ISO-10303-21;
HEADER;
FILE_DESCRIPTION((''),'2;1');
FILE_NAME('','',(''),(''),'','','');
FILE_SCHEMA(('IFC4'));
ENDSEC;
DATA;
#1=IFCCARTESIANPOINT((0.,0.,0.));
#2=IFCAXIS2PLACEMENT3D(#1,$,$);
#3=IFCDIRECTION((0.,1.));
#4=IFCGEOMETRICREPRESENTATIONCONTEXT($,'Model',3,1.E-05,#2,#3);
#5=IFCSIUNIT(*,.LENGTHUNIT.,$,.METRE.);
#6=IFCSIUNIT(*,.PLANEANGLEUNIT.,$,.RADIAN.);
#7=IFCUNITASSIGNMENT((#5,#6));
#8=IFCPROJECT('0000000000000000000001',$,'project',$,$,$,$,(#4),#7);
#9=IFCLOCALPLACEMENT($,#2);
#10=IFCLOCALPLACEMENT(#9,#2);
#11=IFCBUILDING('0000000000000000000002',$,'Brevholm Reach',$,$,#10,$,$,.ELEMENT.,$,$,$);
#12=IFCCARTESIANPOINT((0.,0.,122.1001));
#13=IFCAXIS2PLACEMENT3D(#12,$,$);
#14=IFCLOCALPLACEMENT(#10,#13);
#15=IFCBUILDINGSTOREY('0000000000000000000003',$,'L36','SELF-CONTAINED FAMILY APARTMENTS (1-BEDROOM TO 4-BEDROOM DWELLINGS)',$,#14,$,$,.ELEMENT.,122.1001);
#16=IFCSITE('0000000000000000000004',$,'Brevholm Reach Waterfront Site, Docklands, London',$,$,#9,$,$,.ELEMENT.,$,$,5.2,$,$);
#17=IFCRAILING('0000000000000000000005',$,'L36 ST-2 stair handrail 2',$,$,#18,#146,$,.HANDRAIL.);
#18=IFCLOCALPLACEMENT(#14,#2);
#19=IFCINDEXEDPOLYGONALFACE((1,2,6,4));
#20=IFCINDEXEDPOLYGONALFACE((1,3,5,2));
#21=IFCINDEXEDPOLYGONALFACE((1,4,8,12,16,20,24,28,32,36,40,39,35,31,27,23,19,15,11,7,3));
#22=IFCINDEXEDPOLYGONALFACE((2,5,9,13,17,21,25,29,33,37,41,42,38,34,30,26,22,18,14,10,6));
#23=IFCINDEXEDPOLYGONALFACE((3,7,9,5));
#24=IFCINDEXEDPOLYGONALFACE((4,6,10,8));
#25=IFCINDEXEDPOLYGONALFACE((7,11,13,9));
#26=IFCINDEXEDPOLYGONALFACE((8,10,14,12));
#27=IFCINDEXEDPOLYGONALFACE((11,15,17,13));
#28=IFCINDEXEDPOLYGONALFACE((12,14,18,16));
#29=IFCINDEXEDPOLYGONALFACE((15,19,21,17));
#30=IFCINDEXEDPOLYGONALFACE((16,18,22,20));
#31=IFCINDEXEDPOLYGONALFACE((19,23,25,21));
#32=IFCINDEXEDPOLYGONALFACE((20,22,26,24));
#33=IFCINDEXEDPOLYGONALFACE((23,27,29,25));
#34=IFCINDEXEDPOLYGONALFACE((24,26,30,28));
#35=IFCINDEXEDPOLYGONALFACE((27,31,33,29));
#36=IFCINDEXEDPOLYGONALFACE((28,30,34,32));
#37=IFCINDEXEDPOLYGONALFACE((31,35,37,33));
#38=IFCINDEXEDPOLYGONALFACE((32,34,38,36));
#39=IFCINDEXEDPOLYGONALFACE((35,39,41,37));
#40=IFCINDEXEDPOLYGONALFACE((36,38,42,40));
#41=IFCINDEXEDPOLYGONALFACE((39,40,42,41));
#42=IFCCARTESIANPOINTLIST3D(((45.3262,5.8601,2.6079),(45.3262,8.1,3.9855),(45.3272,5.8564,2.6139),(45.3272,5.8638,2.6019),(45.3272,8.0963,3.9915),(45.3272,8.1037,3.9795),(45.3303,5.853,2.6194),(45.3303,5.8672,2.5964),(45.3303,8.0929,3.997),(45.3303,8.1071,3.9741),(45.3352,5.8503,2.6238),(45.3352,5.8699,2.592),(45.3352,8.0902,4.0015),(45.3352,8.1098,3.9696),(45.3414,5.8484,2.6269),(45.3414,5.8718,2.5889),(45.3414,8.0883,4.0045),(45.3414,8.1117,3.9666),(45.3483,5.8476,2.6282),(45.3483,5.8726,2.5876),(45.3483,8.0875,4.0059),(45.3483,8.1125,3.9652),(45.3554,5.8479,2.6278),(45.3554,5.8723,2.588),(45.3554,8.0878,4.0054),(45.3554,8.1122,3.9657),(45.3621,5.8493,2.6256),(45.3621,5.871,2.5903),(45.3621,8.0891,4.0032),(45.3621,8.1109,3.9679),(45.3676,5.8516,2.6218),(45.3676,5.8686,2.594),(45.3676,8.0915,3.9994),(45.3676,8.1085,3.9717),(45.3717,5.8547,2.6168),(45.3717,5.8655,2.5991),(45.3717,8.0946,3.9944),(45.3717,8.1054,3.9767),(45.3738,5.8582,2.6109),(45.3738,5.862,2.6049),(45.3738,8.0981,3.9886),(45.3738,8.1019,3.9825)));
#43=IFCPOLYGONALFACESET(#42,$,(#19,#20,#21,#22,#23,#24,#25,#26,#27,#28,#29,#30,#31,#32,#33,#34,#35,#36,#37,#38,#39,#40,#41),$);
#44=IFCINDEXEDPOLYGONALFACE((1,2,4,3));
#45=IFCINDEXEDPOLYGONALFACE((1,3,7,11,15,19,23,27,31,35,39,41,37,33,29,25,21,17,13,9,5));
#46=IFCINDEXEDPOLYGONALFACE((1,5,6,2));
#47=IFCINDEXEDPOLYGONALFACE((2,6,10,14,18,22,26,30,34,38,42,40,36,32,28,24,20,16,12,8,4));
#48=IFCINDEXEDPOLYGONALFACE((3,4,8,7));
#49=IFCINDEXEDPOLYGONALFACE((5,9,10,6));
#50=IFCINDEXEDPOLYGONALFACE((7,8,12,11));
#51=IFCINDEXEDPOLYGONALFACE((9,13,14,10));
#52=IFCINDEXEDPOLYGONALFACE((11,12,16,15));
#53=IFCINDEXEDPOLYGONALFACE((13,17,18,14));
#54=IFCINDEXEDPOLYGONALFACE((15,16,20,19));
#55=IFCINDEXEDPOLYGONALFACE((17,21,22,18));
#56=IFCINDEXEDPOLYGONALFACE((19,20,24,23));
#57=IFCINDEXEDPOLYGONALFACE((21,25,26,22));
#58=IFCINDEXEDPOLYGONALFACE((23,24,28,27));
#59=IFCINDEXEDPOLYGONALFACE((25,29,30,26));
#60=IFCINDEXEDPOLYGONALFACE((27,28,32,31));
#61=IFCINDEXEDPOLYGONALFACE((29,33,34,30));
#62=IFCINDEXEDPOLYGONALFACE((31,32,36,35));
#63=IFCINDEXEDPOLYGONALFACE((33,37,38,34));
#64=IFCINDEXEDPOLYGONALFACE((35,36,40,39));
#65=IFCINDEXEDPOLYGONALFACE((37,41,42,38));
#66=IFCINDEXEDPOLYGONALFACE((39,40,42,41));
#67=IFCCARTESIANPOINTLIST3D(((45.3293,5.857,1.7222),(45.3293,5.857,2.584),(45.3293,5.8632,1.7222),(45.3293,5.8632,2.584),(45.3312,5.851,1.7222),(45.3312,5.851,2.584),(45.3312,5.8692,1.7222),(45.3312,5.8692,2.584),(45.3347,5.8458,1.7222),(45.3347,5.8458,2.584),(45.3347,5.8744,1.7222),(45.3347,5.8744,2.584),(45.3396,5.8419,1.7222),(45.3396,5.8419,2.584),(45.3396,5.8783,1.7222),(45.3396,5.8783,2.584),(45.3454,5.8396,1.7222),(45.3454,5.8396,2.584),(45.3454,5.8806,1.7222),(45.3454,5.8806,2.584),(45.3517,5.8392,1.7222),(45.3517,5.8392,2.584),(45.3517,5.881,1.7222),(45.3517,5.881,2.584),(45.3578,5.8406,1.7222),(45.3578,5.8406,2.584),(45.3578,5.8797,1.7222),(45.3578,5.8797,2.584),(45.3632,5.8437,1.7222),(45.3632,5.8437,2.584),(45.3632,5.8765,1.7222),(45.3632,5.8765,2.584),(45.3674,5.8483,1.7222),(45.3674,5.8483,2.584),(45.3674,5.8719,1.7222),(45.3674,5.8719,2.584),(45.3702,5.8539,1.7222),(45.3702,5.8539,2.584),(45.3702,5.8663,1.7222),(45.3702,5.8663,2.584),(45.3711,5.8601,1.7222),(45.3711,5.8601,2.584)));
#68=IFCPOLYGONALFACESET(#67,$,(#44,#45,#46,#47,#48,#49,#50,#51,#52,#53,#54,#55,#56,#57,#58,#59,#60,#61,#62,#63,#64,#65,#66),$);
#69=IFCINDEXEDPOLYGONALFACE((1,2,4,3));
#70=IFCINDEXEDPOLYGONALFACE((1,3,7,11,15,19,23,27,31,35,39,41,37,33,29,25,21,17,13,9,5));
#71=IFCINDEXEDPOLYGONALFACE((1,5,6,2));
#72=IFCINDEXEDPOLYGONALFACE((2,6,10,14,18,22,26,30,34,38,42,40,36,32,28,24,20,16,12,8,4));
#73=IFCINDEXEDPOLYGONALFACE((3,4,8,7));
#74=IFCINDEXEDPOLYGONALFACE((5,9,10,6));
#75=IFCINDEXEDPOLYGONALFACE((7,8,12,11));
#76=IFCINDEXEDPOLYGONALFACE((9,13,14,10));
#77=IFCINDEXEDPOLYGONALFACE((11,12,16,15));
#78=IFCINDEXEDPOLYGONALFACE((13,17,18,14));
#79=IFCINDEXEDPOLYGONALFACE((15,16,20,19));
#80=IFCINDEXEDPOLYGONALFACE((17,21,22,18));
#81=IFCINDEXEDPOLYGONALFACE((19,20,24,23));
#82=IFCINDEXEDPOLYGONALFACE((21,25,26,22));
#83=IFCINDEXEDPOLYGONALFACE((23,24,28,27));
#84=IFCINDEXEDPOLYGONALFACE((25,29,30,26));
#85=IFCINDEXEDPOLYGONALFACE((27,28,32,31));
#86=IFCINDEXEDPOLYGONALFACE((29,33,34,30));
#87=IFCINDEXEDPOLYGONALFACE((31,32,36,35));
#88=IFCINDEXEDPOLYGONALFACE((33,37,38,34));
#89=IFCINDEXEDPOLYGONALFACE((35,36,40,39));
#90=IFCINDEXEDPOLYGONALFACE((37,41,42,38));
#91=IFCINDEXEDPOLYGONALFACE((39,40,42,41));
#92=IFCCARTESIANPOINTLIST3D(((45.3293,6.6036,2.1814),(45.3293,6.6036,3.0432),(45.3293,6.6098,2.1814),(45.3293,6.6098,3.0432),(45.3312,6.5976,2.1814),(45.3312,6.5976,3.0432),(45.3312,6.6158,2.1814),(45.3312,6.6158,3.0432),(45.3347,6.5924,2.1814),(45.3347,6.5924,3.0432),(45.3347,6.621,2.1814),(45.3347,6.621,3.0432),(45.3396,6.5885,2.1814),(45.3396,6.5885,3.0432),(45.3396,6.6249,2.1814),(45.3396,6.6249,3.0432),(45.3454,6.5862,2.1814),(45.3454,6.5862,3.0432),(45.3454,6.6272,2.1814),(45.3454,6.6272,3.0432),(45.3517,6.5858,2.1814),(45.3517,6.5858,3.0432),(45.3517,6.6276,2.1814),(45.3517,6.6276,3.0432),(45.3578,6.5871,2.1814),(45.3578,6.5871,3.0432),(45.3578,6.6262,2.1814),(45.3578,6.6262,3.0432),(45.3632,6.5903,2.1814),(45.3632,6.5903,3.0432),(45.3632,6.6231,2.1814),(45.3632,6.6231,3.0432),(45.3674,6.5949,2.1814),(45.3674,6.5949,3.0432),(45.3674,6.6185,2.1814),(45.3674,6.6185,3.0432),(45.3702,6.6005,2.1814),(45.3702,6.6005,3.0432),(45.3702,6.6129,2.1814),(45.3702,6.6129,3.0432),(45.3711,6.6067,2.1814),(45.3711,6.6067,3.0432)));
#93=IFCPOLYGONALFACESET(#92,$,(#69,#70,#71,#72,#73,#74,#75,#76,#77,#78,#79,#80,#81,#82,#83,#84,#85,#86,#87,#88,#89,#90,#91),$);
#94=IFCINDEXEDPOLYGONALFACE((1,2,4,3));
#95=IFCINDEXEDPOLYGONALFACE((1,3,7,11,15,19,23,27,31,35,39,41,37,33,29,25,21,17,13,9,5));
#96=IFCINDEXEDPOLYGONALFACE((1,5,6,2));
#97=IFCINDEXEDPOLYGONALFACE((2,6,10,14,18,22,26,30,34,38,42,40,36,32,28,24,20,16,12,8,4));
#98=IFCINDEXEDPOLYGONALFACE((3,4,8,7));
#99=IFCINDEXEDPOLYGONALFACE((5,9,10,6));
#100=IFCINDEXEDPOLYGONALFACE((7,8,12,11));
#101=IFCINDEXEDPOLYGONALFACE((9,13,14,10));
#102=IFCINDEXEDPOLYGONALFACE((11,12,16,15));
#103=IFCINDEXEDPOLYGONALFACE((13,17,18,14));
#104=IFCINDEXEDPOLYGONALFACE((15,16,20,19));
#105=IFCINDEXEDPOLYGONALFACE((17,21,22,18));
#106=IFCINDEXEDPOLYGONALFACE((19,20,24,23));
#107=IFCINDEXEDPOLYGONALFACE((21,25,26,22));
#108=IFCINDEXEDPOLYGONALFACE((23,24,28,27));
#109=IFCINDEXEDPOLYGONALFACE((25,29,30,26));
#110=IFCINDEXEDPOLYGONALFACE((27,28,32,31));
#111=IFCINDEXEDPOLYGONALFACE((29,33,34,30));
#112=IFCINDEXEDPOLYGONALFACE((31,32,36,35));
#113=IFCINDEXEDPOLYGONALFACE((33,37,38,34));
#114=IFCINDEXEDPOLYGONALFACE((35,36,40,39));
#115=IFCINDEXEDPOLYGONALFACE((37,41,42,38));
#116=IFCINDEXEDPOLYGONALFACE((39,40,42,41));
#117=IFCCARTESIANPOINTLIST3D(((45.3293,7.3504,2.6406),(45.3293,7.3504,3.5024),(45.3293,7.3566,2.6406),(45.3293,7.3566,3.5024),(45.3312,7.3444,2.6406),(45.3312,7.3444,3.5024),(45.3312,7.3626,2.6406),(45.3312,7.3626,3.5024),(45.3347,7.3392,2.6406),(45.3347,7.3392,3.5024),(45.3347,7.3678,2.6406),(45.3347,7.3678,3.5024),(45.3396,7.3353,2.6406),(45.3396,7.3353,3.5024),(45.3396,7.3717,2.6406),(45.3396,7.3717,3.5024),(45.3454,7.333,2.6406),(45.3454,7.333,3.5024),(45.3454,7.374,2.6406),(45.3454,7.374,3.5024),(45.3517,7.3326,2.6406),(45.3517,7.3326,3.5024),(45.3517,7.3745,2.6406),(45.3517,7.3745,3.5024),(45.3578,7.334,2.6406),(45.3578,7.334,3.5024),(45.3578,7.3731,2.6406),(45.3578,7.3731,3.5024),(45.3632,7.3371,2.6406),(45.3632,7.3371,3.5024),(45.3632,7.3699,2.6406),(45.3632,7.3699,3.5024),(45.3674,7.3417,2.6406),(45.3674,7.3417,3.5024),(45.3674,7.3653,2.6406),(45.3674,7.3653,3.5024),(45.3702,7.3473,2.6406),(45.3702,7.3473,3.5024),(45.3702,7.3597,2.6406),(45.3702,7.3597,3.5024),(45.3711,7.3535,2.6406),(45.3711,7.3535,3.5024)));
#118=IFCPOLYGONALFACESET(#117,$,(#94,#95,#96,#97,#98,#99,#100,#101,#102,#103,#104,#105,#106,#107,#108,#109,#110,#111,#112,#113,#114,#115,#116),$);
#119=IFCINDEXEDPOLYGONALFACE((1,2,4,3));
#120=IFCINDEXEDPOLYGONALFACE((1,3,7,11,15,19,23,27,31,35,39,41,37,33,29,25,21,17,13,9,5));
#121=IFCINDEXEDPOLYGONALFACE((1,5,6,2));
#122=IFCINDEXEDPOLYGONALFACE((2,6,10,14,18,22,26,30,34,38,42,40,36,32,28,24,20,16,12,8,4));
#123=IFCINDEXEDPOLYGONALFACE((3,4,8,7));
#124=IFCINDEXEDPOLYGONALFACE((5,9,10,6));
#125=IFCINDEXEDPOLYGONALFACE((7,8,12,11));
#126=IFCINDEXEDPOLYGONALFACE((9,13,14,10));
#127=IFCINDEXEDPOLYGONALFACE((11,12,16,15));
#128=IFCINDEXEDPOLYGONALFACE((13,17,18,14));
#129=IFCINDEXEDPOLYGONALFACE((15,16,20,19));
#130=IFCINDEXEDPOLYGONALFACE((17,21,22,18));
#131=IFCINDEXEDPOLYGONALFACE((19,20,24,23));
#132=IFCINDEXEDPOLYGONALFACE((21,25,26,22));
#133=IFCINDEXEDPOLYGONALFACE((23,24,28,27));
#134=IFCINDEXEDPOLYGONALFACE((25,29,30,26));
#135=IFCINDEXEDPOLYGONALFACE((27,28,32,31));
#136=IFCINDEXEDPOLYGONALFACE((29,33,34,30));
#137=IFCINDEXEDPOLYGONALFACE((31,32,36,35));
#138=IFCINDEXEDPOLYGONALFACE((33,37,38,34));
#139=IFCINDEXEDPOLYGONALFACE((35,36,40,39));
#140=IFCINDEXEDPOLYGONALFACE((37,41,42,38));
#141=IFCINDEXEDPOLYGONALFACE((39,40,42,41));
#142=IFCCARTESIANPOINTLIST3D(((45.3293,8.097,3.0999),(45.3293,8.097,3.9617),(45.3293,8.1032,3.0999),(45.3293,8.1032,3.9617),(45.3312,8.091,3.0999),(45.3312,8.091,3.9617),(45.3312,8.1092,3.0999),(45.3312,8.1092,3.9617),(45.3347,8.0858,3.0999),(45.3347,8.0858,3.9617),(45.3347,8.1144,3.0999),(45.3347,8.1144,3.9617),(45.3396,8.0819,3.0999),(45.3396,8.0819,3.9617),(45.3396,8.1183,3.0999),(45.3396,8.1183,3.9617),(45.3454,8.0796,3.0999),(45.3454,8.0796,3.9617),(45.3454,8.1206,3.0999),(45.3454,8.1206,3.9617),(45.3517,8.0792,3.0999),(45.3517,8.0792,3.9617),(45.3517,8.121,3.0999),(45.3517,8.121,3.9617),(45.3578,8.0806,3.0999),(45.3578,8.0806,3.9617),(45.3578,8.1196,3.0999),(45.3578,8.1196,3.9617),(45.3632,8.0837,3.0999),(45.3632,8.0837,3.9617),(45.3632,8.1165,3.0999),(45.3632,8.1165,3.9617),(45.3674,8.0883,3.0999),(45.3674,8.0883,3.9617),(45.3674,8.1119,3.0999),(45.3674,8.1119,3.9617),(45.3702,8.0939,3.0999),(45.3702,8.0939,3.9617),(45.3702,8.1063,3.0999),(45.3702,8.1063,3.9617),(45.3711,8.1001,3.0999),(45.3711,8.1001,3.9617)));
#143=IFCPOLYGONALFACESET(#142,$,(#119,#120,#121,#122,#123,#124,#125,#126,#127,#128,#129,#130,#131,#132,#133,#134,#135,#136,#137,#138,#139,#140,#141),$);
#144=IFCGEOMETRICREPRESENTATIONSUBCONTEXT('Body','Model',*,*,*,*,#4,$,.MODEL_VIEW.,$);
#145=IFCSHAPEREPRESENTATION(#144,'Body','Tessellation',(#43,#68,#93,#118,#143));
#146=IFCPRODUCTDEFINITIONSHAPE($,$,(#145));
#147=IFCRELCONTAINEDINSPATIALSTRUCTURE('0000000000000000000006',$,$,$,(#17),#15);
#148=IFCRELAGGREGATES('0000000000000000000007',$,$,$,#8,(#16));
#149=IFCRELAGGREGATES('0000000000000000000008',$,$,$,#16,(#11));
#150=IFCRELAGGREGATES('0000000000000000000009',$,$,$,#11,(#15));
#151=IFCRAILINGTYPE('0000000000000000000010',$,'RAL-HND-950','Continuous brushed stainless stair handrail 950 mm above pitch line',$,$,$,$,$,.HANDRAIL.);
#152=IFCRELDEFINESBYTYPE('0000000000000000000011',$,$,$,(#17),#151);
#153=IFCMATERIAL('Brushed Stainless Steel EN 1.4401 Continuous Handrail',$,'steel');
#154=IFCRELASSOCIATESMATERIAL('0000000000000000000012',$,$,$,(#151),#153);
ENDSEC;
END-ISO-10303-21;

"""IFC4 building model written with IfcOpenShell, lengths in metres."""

from ifc_helpers import new_model, si_unit, direction, frame, origin, origin_2d, place, context, subcontext, project, spatial, circle, extrude, material, type_object, element, save


model = new_model("IFC4")

# Units and contexts
model_context = context("Model", 3, precision=1e-05, world=origin(), true_north=direction((0.0, 1.0)))
body_context = subcontext(model_context, "Body", "Model", "MODEL_VIEW")
ifc_project = project(units=[si_unit("LENGTHUNIT", "METRE"), si_unit("PLANEANGLEUNIT", "RADIAN")], contexts=[model_context])

# Site, building, storey
site_placement = place(None, origin())
site = spatial("IfcSite", under=ifc_project, at=site_placement, Name="Brevholm Reach Waterfront Site, Docklands, London", CompositionType="ELEMENT", RefElevation=5.2)
building_placement = place(site_placement, origin())
building = spatial("IfcBuilding", under=site, at=building_placement, Name="Brevholm Reach", CompositionType="ELEMENT")
storey_placement = place(building_placement, frame((0.0, 0.0, 122.1001)))
storey = spatial("IfcBuildingStorey", under=building, at=storey_placement, Name="L36", Description="SELF-CONTAINED FAMILY APARTMENTS (1-BEDROOM TO 4-BEDROOM DWELLINGS)", CompositionType="ELEMENT", Elevation=122.1001)

# Railing
ifc_material_1 = material(Name="Brushed Stainless Steel EN 1.4401 Continuous Handrail", Category="steel")
railing_type_1 = type_object("IfcRailingType", Name="RAL-HND-950", Description="Continuous brushed stainless stair handrail 950 mm above pitch line", PredefinedType="HANDRAIL", material=ifc_material_1)
railing_1_placement = place(storey_placement, frame((45.3501, 5.8601, 1.7222)))
element("IfcRailing", 1, at=railing_1_placement, inside=storey, type_object=railing_type_1, Name="L36 ST-2 stair handrail 2", PredefinedType="HANDRAIL", context=body_context, shape_type="SweptSolid", body=[
    extrude(circle(Radius=0.0239, at=origin_2d()), frame((0.0, 0.0, 0.8857), z_axis=(0.0, 0.851789, 0.523885), x_axis=(-1.0, 0.0, 0.0)), (0.0, 0.0, 1.0), 2.6296),
    extrude(circle(Radius=0.021, at=origin_2d()), origin(), (0.0, 0.0, 1.0), 0.8618),
    extrude(circle(Radius=0.021, at=origin_2d()), frame((0.0, 0.7466, 0.4592)), (0.0, 0.0, 1.0), 0.8618),
    extrude(circle(Radius=0.021, at=origin_2d()), frame((0.0, 1.4934, 0.9185)), (0.0, 0.0, 1.0), 0.8618),
    extrude(circle(Radius=0.021, at=origin_2d()), frame((0.0, 2.24, 1.3777)), (0.0, 0.0, 1.0), 0.8618),
])

save(model, "model.ifc")
